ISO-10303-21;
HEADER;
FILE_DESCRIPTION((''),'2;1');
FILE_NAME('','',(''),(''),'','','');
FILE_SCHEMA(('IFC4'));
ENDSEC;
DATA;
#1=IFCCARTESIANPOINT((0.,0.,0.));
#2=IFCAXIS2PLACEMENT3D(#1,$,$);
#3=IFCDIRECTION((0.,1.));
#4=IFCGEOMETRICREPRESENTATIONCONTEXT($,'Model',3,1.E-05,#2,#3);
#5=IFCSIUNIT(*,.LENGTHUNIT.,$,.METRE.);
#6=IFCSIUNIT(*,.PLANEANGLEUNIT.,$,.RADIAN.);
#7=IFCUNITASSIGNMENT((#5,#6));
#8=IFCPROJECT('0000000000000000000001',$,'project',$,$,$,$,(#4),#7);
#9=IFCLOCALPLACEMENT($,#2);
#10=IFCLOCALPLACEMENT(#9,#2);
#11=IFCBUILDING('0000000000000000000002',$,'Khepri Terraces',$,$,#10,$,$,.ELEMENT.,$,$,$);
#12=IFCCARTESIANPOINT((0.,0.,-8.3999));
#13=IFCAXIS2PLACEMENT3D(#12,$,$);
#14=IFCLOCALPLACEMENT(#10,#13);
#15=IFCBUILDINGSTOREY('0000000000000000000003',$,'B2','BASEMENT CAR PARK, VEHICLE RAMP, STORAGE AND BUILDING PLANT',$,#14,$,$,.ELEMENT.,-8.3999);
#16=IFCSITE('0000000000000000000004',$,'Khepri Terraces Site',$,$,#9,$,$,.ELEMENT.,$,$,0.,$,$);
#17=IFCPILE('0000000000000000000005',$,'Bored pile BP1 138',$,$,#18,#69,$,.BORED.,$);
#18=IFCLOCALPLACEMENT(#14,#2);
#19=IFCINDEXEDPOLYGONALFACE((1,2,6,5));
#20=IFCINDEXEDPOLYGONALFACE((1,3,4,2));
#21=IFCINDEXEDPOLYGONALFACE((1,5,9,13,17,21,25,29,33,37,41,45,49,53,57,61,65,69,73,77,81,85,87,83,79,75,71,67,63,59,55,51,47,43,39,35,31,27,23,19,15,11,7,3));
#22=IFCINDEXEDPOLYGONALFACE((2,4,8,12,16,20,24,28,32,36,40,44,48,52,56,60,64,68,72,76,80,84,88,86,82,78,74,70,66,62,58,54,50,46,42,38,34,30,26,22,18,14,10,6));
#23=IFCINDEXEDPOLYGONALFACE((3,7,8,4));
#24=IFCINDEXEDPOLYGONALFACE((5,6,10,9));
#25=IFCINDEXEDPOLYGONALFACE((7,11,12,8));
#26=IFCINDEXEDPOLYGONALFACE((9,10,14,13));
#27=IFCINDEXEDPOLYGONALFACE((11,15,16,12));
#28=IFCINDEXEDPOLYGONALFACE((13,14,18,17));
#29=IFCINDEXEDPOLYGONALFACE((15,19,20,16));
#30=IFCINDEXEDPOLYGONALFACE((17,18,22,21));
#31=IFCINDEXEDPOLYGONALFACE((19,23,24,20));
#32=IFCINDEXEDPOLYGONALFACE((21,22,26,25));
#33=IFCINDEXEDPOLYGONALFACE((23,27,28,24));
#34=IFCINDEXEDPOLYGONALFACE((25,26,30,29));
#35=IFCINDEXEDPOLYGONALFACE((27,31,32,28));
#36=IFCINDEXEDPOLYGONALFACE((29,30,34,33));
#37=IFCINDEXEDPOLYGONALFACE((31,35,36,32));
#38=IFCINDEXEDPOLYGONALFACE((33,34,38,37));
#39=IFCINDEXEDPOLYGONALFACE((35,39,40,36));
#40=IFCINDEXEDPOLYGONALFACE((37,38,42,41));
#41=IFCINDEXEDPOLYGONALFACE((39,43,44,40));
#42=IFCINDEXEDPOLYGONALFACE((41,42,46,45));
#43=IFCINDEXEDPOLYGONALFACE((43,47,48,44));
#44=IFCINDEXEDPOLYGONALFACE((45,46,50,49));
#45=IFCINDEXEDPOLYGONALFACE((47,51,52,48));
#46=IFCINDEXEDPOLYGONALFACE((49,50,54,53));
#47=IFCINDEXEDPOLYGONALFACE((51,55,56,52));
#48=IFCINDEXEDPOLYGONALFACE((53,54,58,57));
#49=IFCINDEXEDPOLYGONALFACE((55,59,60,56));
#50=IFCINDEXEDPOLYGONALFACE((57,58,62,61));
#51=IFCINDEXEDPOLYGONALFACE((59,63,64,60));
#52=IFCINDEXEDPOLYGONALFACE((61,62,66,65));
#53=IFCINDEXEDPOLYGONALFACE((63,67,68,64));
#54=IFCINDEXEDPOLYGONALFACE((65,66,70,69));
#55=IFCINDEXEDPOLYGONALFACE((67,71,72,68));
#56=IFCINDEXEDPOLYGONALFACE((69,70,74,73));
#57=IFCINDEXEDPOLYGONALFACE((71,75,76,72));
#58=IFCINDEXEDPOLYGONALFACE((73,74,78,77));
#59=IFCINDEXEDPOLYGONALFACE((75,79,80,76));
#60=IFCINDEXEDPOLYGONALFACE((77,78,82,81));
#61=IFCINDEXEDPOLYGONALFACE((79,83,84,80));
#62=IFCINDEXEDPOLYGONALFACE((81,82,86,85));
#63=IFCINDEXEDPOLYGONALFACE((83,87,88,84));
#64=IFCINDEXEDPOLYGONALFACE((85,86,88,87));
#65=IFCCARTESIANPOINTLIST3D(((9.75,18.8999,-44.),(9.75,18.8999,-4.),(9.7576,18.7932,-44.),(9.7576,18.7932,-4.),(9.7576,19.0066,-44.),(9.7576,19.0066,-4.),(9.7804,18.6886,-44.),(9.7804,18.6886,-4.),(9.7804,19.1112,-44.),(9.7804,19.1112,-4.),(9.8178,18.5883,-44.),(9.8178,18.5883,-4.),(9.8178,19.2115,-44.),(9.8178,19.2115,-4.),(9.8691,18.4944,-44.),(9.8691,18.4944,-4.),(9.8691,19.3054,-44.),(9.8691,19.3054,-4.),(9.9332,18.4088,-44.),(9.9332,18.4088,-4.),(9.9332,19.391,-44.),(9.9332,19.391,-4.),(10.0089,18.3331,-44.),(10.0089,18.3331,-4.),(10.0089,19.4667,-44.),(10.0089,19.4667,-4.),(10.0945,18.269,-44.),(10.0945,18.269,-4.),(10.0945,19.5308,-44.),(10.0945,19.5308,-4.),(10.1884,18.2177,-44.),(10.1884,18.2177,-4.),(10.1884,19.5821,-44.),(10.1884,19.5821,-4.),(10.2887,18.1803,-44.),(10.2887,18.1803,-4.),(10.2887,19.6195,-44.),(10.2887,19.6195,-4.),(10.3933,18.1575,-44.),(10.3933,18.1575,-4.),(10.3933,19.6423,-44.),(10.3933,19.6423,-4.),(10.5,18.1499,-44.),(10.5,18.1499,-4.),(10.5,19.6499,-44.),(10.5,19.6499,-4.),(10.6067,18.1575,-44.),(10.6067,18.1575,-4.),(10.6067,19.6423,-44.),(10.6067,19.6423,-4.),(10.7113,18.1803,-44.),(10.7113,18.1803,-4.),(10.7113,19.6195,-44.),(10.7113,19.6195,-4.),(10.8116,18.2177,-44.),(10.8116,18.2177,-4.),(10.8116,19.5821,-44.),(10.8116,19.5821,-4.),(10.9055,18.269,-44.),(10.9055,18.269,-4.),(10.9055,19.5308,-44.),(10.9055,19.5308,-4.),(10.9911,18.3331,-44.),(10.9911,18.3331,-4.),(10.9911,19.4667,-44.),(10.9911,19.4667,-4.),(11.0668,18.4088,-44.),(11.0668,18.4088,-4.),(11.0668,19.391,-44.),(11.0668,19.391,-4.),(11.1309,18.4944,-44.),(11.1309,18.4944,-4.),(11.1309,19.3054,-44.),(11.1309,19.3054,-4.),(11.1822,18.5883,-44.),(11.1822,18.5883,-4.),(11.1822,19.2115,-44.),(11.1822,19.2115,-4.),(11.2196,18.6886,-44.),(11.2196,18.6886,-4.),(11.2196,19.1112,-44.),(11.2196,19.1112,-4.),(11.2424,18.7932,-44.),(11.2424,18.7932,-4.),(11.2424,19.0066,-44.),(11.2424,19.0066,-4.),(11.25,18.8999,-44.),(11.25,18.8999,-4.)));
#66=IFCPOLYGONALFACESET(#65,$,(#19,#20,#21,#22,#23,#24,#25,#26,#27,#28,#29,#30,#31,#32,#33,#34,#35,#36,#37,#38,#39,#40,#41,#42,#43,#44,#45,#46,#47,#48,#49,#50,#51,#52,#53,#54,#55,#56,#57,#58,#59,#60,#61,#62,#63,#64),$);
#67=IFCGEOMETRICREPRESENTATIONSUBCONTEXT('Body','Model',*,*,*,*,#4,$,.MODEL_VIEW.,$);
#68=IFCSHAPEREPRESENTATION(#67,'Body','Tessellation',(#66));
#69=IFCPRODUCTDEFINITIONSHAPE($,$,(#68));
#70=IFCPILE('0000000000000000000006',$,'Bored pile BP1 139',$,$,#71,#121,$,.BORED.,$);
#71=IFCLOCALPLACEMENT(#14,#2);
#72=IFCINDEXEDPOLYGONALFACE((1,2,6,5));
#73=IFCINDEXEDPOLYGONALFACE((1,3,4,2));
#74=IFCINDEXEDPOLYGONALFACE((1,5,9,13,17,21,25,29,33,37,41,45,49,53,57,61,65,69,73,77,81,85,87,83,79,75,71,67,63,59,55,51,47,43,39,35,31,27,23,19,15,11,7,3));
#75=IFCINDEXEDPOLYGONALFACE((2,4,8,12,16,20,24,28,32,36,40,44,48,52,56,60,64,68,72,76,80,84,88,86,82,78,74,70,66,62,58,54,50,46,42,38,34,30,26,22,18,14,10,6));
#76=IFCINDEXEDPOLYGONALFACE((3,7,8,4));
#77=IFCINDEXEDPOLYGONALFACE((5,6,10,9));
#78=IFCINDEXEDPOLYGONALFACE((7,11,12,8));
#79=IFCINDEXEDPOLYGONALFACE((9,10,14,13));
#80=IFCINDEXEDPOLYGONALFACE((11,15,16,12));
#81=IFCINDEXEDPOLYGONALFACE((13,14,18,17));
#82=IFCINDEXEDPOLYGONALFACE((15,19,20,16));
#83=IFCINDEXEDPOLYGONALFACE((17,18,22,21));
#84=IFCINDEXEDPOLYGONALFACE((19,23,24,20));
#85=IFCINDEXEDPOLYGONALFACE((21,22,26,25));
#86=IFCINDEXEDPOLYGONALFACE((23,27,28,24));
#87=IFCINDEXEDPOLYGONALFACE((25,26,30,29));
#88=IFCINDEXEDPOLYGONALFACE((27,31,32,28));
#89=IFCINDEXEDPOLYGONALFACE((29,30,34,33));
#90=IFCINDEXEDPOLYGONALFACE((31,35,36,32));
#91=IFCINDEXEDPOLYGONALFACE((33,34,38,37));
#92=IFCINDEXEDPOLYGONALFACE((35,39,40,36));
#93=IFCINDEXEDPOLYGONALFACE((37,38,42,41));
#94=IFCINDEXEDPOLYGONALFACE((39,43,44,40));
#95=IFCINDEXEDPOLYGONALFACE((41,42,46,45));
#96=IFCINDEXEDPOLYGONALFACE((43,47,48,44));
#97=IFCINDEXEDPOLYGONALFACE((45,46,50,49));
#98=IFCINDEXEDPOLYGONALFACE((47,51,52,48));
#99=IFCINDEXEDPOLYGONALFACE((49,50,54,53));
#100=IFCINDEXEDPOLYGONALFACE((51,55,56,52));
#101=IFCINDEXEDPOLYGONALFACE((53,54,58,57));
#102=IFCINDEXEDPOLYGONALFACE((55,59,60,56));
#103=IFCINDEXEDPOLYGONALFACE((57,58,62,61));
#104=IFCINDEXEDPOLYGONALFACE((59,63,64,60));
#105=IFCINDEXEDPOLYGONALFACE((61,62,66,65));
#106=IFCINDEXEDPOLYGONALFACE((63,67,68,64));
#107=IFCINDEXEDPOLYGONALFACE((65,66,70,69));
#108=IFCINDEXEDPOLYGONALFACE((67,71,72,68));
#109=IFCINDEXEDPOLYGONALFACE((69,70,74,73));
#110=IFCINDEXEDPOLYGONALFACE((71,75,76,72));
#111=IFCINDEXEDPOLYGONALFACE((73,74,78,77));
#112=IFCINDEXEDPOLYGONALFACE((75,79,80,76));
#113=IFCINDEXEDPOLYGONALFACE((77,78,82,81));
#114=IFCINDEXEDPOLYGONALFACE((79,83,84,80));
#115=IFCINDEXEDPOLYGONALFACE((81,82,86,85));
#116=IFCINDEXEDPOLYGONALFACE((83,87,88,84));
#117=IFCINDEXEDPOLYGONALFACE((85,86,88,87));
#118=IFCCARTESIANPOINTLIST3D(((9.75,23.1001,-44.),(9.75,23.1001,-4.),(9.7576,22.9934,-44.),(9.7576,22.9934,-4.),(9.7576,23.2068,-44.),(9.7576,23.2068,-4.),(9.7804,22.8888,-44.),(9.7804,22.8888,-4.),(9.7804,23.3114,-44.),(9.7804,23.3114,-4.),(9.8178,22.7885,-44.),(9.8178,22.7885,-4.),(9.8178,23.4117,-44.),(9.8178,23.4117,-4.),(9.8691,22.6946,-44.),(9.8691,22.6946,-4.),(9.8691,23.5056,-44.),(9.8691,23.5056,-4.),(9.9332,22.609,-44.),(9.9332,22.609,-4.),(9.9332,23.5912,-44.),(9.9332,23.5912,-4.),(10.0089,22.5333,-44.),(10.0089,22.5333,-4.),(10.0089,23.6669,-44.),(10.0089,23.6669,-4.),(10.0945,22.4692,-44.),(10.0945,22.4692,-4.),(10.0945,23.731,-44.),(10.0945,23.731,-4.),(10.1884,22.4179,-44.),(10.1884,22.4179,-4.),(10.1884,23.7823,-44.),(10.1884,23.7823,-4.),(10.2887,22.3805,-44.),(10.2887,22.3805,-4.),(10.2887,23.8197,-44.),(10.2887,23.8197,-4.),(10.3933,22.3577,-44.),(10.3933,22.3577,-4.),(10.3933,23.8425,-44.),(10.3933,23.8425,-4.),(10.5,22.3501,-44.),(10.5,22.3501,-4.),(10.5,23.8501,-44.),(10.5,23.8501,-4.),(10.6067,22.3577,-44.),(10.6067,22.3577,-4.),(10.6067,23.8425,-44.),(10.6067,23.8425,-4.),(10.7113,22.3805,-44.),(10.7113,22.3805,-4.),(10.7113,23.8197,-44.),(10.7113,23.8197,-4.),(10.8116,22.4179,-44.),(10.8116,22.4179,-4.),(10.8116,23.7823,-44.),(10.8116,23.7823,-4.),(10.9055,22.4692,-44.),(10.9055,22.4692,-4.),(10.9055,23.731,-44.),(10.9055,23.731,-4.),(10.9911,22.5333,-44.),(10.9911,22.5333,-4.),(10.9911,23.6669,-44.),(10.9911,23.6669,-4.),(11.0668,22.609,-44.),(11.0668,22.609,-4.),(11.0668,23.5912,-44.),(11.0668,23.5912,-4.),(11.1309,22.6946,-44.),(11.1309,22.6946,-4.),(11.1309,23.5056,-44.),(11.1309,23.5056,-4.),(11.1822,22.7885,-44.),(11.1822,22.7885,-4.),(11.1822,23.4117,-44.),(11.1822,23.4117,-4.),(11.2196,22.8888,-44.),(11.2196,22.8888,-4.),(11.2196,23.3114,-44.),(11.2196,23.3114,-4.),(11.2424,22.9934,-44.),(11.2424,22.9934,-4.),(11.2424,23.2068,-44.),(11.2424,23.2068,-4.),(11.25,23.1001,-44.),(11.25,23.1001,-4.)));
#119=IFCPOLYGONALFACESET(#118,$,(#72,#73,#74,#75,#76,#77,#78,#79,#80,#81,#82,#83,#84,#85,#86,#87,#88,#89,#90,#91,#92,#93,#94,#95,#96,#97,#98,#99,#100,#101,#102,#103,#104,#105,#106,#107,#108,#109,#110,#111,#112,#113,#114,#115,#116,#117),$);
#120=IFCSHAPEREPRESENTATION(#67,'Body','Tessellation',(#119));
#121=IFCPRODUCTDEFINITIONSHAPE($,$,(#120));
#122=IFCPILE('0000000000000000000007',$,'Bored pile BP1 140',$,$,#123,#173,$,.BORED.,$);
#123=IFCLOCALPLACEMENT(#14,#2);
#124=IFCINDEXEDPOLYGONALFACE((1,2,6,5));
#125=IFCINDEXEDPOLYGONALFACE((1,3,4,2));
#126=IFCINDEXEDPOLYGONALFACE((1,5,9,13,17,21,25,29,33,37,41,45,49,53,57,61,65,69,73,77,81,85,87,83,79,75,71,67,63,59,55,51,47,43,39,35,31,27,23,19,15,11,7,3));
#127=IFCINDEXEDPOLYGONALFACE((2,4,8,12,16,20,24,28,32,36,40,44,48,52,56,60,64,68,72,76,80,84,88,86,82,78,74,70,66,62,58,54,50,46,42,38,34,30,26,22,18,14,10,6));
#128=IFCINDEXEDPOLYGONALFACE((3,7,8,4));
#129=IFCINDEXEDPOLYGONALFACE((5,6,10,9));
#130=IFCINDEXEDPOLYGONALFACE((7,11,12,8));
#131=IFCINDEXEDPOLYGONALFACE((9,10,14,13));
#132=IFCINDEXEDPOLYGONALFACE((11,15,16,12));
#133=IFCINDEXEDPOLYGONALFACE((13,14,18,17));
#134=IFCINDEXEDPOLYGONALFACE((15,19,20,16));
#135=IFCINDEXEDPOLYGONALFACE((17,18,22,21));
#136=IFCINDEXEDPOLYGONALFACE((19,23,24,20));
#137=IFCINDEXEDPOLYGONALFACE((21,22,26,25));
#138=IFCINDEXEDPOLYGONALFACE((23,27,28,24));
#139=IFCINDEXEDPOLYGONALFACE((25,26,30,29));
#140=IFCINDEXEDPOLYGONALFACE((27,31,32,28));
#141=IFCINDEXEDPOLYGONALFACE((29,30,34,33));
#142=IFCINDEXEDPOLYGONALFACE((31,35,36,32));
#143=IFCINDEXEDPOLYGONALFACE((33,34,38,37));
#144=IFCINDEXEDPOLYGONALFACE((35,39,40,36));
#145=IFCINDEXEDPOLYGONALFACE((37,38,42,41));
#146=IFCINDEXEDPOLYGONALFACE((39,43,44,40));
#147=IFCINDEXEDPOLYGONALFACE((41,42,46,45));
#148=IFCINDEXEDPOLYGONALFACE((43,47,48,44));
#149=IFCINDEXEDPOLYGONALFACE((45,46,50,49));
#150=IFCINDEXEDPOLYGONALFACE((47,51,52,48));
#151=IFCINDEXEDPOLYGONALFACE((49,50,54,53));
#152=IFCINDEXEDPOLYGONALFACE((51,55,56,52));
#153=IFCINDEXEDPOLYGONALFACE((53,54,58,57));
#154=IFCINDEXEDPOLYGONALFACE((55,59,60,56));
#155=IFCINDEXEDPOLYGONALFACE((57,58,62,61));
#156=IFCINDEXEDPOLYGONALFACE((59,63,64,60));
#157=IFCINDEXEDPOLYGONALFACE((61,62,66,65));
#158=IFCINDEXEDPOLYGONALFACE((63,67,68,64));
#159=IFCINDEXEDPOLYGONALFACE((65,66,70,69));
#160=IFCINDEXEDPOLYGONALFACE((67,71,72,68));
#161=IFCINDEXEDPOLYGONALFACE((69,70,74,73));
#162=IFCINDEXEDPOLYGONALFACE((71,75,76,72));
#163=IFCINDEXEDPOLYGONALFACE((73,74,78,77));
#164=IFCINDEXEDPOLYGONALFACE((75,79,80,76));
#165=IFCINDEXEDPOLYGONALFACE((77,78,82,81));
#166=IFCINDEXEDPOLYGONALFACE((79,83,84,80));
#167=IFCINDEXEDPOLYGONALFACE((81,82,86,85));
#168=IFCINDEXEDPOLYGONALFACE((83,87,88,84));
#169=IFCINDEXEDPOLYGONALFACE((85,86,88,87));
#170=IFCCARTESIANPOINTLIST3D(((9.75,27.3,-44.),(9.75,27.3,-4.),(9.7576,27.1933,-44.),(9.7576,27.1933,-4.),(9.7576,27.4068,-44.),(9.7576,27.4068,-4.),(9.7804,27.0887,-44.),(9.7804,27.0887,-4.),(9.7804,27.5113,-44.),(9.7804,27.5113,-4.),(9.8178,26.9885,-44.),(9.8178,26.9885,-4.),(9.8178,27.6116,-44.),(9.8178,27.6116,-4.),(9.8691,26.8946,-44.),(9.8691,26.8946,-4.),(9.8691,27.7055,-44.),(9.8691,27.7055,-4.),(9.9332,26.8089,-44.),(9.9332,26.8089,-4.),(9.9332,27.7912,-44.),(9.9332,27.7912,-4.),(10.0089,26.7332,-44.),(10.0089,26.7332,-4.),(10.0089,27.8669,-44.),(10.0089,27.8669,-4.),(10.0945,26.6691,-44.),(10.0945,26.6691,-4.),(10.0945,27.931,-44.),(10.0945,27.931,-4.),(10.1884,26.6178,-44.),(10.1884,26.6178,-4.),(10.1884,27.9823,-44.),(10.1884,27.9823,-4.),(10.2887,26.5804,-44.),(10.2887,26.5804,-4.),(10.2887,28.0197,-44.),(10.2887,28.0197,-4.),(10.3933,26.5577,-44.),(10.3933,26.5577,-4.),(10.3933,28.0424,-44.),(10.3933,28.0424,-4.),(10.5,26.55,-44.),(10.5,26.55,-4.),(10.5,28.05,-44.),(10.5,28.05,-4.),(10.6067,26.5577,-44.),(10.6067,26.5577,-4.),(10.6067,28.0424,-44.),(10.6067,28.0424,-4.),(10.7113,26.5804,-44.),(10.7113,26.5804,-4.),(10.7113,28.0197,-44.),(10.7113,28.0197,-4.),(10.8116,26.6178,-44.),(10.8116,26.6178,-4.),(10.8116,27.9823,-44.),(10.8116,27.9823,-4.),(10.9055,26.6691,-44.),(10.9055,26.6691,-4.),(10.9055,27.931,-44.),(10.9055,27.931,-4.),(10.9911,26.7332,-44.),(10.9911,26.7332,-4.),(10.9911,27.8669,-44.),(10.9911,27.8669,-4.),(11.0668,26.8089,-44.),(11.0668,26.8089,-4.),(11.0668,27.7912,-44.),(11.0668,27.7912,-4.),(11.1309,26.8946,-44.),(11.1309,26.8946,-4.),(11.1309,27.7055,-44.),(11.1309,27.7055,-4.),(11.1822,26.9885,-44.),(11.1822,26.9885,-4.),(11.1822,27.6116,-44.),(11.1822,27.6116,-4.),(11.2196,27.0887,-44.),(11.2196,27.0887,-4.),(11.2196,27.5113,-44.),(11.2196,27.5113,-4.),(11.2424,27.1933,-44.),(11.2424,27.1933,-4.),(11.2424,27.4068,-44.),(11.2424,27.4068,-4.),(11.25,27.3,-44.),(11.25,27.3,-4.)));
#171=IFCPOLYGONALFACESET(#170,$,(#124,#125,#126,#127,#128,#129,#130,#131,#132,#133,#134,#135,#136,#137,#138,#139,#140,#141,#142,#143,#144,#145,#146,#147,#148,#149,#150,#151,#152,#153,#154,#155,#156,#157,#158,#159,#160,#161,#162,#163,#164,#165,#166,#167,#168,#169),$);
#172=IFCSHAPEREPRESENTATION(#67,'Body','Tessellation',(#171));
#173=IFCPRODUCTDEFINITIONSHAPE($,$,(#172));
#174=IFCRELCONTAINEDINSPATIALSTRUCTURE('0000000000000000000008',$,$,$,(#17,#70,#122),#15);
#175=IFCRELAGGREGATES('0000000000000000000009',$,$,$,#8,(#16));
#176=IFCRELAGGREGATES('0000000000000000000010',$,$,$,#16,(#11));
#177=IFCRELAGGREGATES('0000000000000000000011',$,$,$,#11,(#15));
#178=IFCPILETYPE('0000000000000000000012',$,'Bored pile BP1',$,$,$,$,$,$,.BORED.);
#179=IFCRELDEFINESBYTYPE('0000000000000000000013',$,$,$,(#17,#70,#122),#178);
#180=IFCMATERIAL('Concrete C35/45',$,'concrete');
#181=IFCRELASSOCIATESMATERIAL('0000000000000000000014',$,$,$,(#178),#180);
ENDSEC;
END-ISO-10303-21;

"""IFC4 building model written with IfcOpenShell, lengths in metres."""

from ifc_helpers import new_model, si_unit, direction, frame, origin, origin_2d, place, context, subcontext, project, spatial, circle, extrude, material, material_profile, profile_set, type_object, element, save


model = new_model("IFC4")

# Units and contexts
model_context = context("Model", 3, precision=1e-05, world=origin(), true_north=direction((0.0, 1.0)))
body_context = subcontext(model_context, "Body", "Model", "MODEL_VIEW")
ifc_project = project(units=[si_unit("LENGTHUNIT", "METRE"), si_unit("PLANEANGLEUNIT", "RADIAN")], contexts=[model_context])

# Site, building, storey
site_placement = place(None, origin())
site = spatial("IfcSite", under=ifc_project, at=site_placement, Name="Khepri Terraces Site", CompositionType="ELEMENT", RefElevation=0.0)
building_placement = place(site_placement, origin())
building = spatial("IfcBuilding", under=site, at=building_placement, Name="Khepri Terraces", CompositionType="ELEMENT")
storey_placement = place(building_placement, frame((0.0, 0.0, -8.3999)))
storey = spatial("IfcBuildingStorey", under=building, at=storey_placement, Name="B2", Description="BASEMENT CAR PARK, VEHICLE RAMP, STORAGE AND BUILDING PLANT", CompositionType="ELEMENT", Elevation=-8.3999)

# Piles
ifc_material_1 = material(Name="Concrete C35/45", Category="concrete")
ifc_material_profile_1 = material_profile(ifc_material_1, circle(Radius=0.75, at=origin_2d()), Name="Concrete C35/45", Category="concrete")
ifc_profile_set_1 = profile_set([ifc_material_profile_1], Name="Concrete C35/45")
pile_type = type_object("IfcPileType", Name="Bored pile BP1", PredefinedType="BORED", material=ifc_profile_set_1)
for number, where, z_axis, x_axis, name in (
    (1, (10.5, 18.8999, -4.0), (0.0, 0.0, -1.0), (1.0, 0.0, 0.0), "Bored pile BP1 138"),
    (2, (10.5, 23.1001, -4.0), (0.0, 0.0, -1.0), (1.0, 0.0, 0.0), "Bored pile BP1 139"),
    (3, (10.5, 27.3, -4.0), (0.0, 0.0, -1.0), (1.0, 0.0, 0.0), "Bored pile BP1 140"),
):
    element("IfcPile", number, at=place(storey_placement, frame(where, z_axis=z_axis, x_axis=x_axis)), inside=storey, type_object=pile_type, Name=name, PredefinedType="BORED", context=body_context, shape_type="SweptSolid", body=[
        extrude(circle(Radius=0.75, at=origin_2d()), origin(), (0.0, 0.0, 1.0), 40.0),
    ])

save(model, "model.ifc")
